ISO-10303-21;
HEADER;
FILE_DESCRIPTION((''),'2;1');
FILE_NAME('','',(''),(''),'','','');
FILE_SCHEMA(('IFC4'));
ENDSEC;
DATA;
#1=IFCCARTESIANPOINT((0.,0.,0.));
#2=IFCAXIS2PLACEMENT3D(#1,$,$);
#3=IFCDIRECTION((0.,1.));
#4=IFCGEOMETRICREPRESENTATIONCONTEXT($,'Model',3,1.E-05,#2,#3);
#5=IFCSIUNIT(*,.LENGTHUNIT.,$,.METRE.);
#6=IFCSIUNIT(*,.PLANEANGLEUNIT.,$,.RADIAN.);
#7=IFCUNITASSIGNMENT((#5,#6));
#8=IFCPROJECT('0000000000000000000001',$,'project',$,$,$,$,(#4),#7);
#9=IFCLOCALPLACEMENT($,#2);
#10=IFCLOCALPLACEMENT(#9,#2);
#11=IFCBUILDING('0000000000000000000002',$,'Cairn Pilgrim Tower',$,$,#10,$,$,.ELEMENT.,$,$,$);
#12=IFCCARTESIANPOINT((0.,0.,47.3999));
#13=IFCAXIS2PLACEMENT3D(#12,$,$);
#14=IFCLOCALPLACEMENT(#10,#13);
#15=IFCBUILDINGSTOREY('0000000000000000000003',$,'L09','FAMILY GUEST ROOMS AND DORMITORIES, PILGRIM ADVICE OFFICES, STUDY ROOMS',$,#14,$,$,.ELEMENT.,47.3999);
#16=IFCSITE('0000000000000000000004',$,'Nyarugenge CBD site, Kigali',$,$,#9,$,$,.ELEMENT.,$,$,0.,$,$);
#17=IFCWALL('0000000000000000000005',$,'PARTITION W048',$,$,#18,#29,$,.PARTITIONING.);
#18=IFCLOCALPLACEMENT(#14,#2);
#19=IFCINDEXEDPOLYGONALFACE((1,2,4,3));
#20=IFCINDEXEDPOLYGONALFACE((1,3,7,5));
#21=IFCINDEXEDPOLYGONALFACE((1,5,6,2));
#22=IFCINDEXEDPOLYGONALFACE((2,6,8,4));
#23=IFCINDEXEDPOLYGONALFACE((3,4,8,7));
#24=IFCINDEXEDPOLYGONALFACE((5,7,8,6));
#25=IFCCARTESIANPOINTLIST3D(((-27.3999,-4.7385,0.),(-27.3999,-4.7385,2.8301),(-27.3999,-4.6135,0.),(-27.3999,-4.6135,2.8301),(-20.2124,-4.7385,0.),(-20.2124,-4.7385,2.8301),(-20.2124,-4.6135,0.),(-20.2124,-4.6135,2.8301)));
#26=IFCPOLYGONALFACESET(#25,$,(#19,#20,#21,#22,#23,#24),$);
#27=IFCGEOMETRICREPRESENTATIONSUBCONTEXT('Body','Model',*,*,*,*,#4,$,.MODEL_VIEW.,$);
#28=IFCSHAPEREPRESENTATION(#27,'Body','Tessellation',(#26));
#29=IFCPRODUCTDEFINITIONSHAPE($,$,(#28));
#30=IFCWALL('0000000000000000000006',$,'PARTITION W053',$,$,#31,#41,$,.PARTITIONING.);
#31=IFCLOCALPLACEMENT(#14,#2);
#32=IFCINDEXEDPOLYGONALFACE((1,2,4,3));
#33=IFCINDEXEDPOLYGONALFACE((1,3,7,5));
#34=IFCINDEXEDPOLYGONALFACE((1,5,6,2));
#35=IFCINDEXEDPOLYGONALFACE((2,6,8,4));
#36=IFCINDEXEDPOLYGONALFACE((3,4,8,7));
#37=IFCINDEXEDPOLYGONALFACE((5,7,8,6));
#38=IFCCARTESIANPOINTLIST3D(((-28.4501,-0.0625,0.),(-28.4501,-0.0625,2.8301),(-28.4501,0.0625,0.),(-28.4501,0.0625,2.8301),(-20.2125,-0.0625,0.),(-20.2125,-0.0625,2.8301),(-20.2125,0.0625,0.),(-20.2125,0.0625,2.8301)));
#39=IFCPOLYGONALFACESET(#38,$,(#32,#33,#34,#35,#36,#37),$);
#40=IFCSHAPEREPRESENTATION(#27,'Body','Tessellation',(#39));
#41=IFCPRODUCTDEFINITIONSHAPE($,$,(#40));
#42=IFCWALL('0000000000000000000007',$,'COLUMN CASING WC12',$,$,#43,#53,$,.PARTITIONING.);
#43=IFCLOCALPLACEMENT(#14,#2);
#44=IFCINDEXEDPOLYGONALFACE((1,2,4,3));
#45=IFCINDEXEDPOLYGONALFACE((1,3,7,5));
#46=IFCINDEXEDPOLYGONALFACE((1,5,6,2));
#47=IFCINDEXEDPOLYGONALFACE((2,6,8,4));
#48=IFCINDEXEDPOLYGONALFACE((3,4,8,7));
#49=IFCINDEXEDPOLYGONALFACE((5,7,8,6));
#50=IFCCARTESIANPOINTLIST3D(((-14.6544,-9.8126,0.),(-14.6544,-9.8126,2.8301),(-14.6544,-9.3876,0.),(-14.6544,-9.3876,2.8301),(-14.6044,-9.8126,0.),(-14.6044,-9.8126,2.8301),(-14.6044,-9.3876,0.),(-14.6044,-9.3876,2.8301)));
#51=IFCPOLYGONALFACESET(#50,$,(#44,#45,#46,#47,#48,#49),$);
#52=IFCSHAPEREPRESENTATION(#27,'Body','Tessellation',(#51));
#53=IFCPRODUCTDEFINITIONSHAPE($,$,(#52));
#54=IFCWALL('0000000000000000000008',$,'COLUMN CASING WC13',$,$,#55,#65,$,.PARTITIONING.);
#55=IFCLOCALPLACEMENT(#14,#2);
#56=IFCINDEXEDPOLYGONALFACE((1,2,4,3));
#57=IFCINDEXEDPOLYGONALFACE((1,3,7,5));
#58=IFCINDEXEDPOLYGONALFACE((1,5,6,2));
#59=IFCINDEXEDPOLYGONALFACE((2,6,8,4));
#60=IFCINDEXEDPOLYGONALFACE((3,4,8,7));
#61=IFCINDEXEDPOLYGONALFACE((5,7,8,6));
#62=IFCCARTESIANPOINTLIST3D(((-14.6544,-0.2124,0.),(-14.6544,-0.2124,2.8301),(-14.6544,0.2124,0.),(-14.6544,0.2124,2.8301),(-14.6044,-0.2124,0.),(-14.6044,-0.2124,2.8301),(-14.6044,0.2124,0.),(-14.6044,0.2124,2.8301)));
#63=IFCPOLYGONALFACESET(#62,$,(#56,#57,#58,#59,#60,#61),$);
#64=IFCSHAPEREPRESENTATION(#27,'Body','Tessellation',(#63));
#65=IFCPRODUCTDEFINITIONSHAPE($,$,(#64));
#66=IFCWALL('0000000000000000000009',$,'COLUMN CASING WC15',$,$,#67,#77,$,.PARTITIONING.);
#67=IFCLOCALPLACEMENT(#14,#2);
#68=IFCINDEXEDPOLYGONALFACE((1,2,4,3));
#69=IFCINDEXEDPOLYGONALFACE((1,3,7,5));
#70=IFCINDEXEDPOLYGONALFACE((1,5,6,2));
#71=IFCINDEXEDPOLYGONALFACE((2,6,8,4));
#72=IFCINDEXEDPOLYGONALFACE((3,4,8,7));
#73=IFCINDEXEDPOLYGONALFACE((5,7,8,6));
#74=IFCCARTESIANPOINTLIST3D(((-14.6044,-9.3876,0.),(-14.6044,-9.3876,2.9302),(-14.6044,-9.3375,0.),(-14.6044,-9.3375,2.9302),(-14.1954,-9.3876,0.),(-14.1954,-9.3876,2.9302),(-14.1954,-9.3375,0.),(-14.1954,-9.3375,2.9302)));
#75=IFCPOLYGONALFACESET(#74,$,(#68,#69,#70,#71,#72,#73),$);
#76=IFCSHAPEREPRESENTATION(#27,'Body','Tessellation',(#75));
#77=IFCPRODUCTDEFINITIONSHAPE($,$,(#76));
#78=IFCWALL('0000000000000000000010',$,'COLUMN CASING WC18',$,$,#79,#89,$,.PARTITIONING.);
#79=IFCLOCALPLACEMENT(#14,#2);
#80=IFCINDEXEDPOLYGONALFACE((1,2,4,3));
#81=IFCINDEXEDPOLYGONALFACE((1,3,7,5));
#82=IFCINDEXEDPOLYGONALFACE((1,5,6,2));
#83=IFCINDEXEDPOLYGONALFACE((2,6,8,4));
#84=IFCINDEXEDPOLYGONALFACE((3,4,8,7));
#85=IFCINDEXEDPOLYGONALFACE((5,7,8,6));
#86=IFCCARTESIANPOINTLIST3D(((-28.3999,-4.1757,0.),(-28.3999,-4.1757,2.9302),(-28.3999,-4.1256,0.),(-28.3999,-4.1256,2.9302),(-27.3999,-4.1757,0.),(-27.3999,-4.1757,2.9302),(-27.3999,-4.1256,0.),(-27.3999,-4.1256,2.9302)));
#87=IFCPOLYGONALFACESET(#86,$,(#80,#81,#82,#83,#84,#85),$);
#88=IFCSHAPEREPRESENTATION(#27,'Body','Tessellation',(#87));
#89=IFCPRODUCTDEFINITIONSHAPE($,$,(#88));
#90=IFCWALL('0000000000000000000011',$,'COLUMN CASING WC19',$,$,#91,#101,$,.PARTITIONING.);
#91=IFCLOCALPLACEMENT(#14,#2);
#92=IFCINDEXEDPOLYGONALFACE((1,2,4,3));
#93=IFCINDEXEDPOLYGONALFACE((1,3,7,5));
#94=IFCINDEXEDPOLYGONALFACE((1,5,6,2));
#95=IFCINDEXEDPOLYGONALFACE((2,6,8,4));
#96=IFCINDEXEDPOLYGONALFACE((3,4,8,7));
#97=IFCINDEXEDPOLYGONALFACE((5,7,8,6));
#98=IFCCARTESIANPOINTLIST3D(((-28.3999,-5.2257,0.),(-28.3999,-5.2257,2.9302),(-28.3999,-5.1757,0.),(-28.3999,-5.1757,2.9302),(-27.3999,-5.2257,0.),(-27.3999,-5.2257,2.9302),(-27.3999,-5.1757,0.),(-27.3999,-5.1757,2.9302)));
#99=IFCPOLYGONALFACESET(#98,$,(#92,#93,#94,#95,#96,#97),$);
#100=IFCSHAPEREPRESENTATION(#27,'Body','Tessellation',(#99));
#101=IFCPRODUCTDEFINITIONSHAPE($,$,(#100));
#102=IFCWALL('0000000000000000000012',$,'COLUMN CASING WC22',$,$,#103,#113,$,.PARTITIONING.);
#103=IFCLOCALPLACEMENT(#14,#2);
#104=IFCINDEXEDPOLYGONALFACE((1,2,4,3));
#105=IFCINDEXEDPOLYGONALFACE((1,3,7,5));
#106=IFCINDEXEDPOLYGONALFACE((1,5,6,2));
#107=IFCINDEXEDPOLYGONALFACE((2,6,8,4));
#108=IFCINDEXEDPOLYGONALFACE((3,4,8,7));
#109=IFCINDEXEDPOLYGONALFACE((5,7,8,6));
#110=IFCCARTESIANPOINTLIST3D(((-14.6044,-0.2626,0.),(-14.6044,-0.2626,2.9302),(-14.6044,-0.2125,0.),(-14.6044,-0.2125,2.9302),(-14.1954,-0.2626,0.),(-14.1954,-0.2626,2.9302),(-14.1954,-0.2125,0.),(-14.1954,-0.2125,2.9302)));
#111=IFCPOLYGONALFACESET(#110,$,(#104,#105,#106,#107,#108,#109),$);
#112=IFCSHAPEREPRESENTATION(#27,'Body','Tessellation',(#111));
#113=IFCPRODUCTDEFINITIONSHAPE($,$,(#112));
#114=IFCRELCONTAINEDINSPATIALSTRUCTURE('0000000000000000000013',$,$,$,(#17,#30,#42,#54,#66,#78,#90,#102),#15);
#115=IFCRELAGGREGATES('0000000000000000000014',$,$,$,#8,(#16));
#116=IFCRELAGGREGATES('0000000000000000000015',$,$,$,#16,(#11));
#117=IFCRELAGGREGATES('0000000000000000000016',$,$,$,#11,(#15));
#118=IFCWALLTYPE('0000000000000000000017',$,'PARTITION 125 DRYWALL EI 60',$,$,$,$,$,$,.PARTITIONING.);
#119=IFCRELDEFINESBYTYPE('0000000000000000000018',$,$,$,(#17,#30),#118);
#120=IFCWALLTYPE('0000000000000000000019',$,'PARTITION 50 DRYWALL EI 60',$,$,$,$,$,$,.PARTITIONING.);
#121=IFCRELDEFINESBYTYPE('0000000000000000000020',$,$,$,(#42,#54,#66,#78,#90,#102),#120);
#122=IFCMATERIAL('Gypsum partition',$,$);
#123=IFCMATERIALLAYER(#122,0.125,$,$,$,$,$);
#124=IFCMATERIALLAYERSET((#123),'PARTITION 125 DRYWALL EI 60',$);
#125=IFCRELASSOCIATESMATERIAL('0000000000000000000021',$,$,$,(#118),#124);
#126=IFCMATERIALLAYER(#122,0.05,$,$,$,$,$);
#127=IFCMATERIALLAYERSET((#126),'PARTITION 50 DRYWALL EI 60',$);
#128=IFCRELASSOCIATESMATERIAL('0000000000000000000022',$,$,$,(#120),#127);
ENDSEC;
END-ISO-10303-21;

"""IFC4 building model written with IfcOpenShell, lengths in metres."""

from ifc_helpers import new_model, si_unit, direction, frame, frame_2d, origin, place, context, subcontext, project, spatial, rectangle, extrude, material, layer, layer_set, type_object, element, save


model = new_model("IFC4")

# Units and contexts
model_context = context("Model", 3, precision=1e-05, world=origin(), true_north=direction((0.0, 1.0)))
body_context = subcontext(model_context, "Body", "Model", "MODEL_VIEW")
ifc_project = project(units=[si_unit("LENGTHUNIT", "METRE"), si_unit("PLANEANGLEUNIT", "RADIAN")], contexts=[model_context])

# Site, building, storey
site_placement = place(None, origin())
site = spatial("IfcSite", under=ifc_project, at=site_placement, Name="Nyarugenge CBD site, Kigali", CompositionType="ELEMENT", RefElevation=0.0)
building_placement = place(site_placement, origin())
building = spatial("IfcBuilding", under=site, at=building_placement, Name="Cairn Pilgrim Tower", CompositionType="ELEMENT")
storey_placement = place(building_placement, frame((0.0, 0.0, 47.3999)))
storey = spatial("IfcBuildingStorey", under=building, at=storey_placement, Name="L09", Description="FAMILY GUEST ROOMS AND DORMITORIES, PILGRIM ADVICE OFFICES, STUDY ROOMS", CompositionType="ELEMENT", Elevation=47.3999)

# Shared definitions
ifc_material_1 = material(Name="Gypsum partition")
ifc_layer_1 = layer(ifc_material_1, 0.125)
ifc_layer_set_1 = layer_set([ifc_layer_1], Name="PARTITION 125 DRYWALL EI 60")
wall_type_1 = type_object("IfcWallType", Name="PARTITION 125 DRYWALL EI 60", PredefinedType="PARTITIONING", material=ifc_layer_set_1)

# Walls
wall_1_placement = place(storey_placement, frame((-27.3999, -4.676, 0.0), z_axis=(0.0, 0.0, 1.0), x_axis=(1.0, 0.0, 0.0)))
element("IfcWall", 1, at=wall_1_placement, inside=storey, type_object=wall_type_1, Name="PARTITION W048", PredefinedType="PARTITIONING", context=body_context, shape_type="SweptSolid", body=[
    extrude(rectangle(XDim=7.1875, YDim=0.125, at=frame_2d((3.5938, 0.0))), origin(), (0.0, 0.0, 1.0), 2.8301),
])
wall_2_placement = place(storey_placement, frame((-28.45, 0.0, 0.0), z_axis=(0.0, 0.0, 1.0), x_axis=(1.0, 0.0, 0.0)))
element("IfcWall", 2, at=wall_2_placement, inside=storey, type_object=wall_type_1, Name="PARTITION W053", PredefinedType="PARTITIONING", context=body_context, shape_type="SweptSolid", body=[
    extrude(rectangle(XDim=8.2375, YDim=0.125, at=frame_2d((4.1187, 0.0))), origin(), (0.0, 0.0, 1.0), 2.8301),
])
ifc_layer_2 = layer(ifc_material_1, 0.05)
ifc_layer_set_2 = layer_set([ifc_layer_2], Name="PARTITION 50 DRYWALL EI 60")
wall_type_2 = type_object("IfcWallType", Name="PARTITION 50 DRYWALL EI 60", PredefinedType="PARTITIONING", material=ifc_layer_set_2)
wall_3_placement = place(storey_placement, frame((-14.6294, -9.8125, 0.0), z_axis=(0.0, 0.0, 1.0), x_axis=(0.0, 1.0, 0.0)))
element("IfcWall", 3, at=wall_3_placement, inside=storey, type_object=wall_type_2, Name="COLUMN CASING WC12", PredefinedType="PARTITIONING", context=body_context, shape_type="SweptSolid", body=[
    extrude(rectangle(XDim=0.425, YDim=0.05, at=frame_2d((0.2124, 0.0))), origin(), (0.0, 0.0, 1.0), 2.8301),
])
wall_4_placement = place(storey_placement, frame((-14.6294, -0.2124, 0.0), z_axis=(0.0, 0.0, 1.0), x_axis=(0.0, 1.0, 0.0)))
element("IfcWall", 4, at=wall_4_placement, inside=storey, type_object=wall_type_2, Name="COLUMN CASING WC13", PredefinedType="PARTITIONING", context=body_context, shape_type="SweptSolid", body=[
    extrude(rectangle(XDim=0.4248, YDim=0.05, at=frame_2d((0.2124, 0.0))), origin(), (0.0, 0.0, 1.0), 2.8301),
])
wall_5_placement = place(storey_placement, frame((-14.6045, -9.3625, 0.0), z_axis=(0.0, 0.0, 1.0), x_axis=(1.0, 0.0, 0.0)))
element("IfcWall", 5, at=wall_5_placement, inside=storey, type_object=wall_type_2, Name="COLUMN CASING WC15", PredefinedType="PARTITIONING", context=body_context, shape_type="SweptSolid", body=[
    extrude(rectangle(XDim=0.4089, YDim=0.05, at=frame_2d((0.2046, 0.0))), origin(), (0.0, 0.0, 1.0), 2.9302),
])
for number, where, z_axis, x_axis, name in (
    (6, (-28.3999, -4.1506, 0.0), (0.0, 0.0, 1.0), (1.0, 0.0, 0.0), "COLUMN CASING WC18"),
    (7, (-28.3999, -5.2007, 0.0), (0.0, 0.0, 1.0), (1.0, 0.0, 0.0), "COLUMN CASING WC19"),
):
    element("IfcWall", number, at=place(storey_placement, frame(where, z_axis=z_axis, x_axis=x_axis)), inside=storey, type_object=wall_type_2, Name=name, PredefinedType="PARTITIONING", context=body_context, shape_type="SweptSolid", body=[
        extrude(rectangle(XDim=1.0, YDim=0.05, at=frame_2d((0.5, 0.0))), origin(), (0.0, 0.0, 1.0), 2.9302),
    ])
wall_6_placement = place(storey_placement, frame((-14.6045, -0.2375, 0.0), z_axis=(0.0, 0.0, 1.0), x_axis=(1.0, 0.0, 0.0)))
element("IfcWall", 8, at=wall_6_placement, inside=storey, type_object=wall_type_2, Name="COLUMN CASING WC22", PredefinedType="PARTITIONING", context=body_context, shape_type="SweptSolid", body=[
    extrude(rectangle(XDim=0.4089, YDim=0.05, at=frame_2d((0.2046, 0.0))), origin(), (0.0, 0.0, 1.0), 2.9302),
])

save(model, "model.ifc")
